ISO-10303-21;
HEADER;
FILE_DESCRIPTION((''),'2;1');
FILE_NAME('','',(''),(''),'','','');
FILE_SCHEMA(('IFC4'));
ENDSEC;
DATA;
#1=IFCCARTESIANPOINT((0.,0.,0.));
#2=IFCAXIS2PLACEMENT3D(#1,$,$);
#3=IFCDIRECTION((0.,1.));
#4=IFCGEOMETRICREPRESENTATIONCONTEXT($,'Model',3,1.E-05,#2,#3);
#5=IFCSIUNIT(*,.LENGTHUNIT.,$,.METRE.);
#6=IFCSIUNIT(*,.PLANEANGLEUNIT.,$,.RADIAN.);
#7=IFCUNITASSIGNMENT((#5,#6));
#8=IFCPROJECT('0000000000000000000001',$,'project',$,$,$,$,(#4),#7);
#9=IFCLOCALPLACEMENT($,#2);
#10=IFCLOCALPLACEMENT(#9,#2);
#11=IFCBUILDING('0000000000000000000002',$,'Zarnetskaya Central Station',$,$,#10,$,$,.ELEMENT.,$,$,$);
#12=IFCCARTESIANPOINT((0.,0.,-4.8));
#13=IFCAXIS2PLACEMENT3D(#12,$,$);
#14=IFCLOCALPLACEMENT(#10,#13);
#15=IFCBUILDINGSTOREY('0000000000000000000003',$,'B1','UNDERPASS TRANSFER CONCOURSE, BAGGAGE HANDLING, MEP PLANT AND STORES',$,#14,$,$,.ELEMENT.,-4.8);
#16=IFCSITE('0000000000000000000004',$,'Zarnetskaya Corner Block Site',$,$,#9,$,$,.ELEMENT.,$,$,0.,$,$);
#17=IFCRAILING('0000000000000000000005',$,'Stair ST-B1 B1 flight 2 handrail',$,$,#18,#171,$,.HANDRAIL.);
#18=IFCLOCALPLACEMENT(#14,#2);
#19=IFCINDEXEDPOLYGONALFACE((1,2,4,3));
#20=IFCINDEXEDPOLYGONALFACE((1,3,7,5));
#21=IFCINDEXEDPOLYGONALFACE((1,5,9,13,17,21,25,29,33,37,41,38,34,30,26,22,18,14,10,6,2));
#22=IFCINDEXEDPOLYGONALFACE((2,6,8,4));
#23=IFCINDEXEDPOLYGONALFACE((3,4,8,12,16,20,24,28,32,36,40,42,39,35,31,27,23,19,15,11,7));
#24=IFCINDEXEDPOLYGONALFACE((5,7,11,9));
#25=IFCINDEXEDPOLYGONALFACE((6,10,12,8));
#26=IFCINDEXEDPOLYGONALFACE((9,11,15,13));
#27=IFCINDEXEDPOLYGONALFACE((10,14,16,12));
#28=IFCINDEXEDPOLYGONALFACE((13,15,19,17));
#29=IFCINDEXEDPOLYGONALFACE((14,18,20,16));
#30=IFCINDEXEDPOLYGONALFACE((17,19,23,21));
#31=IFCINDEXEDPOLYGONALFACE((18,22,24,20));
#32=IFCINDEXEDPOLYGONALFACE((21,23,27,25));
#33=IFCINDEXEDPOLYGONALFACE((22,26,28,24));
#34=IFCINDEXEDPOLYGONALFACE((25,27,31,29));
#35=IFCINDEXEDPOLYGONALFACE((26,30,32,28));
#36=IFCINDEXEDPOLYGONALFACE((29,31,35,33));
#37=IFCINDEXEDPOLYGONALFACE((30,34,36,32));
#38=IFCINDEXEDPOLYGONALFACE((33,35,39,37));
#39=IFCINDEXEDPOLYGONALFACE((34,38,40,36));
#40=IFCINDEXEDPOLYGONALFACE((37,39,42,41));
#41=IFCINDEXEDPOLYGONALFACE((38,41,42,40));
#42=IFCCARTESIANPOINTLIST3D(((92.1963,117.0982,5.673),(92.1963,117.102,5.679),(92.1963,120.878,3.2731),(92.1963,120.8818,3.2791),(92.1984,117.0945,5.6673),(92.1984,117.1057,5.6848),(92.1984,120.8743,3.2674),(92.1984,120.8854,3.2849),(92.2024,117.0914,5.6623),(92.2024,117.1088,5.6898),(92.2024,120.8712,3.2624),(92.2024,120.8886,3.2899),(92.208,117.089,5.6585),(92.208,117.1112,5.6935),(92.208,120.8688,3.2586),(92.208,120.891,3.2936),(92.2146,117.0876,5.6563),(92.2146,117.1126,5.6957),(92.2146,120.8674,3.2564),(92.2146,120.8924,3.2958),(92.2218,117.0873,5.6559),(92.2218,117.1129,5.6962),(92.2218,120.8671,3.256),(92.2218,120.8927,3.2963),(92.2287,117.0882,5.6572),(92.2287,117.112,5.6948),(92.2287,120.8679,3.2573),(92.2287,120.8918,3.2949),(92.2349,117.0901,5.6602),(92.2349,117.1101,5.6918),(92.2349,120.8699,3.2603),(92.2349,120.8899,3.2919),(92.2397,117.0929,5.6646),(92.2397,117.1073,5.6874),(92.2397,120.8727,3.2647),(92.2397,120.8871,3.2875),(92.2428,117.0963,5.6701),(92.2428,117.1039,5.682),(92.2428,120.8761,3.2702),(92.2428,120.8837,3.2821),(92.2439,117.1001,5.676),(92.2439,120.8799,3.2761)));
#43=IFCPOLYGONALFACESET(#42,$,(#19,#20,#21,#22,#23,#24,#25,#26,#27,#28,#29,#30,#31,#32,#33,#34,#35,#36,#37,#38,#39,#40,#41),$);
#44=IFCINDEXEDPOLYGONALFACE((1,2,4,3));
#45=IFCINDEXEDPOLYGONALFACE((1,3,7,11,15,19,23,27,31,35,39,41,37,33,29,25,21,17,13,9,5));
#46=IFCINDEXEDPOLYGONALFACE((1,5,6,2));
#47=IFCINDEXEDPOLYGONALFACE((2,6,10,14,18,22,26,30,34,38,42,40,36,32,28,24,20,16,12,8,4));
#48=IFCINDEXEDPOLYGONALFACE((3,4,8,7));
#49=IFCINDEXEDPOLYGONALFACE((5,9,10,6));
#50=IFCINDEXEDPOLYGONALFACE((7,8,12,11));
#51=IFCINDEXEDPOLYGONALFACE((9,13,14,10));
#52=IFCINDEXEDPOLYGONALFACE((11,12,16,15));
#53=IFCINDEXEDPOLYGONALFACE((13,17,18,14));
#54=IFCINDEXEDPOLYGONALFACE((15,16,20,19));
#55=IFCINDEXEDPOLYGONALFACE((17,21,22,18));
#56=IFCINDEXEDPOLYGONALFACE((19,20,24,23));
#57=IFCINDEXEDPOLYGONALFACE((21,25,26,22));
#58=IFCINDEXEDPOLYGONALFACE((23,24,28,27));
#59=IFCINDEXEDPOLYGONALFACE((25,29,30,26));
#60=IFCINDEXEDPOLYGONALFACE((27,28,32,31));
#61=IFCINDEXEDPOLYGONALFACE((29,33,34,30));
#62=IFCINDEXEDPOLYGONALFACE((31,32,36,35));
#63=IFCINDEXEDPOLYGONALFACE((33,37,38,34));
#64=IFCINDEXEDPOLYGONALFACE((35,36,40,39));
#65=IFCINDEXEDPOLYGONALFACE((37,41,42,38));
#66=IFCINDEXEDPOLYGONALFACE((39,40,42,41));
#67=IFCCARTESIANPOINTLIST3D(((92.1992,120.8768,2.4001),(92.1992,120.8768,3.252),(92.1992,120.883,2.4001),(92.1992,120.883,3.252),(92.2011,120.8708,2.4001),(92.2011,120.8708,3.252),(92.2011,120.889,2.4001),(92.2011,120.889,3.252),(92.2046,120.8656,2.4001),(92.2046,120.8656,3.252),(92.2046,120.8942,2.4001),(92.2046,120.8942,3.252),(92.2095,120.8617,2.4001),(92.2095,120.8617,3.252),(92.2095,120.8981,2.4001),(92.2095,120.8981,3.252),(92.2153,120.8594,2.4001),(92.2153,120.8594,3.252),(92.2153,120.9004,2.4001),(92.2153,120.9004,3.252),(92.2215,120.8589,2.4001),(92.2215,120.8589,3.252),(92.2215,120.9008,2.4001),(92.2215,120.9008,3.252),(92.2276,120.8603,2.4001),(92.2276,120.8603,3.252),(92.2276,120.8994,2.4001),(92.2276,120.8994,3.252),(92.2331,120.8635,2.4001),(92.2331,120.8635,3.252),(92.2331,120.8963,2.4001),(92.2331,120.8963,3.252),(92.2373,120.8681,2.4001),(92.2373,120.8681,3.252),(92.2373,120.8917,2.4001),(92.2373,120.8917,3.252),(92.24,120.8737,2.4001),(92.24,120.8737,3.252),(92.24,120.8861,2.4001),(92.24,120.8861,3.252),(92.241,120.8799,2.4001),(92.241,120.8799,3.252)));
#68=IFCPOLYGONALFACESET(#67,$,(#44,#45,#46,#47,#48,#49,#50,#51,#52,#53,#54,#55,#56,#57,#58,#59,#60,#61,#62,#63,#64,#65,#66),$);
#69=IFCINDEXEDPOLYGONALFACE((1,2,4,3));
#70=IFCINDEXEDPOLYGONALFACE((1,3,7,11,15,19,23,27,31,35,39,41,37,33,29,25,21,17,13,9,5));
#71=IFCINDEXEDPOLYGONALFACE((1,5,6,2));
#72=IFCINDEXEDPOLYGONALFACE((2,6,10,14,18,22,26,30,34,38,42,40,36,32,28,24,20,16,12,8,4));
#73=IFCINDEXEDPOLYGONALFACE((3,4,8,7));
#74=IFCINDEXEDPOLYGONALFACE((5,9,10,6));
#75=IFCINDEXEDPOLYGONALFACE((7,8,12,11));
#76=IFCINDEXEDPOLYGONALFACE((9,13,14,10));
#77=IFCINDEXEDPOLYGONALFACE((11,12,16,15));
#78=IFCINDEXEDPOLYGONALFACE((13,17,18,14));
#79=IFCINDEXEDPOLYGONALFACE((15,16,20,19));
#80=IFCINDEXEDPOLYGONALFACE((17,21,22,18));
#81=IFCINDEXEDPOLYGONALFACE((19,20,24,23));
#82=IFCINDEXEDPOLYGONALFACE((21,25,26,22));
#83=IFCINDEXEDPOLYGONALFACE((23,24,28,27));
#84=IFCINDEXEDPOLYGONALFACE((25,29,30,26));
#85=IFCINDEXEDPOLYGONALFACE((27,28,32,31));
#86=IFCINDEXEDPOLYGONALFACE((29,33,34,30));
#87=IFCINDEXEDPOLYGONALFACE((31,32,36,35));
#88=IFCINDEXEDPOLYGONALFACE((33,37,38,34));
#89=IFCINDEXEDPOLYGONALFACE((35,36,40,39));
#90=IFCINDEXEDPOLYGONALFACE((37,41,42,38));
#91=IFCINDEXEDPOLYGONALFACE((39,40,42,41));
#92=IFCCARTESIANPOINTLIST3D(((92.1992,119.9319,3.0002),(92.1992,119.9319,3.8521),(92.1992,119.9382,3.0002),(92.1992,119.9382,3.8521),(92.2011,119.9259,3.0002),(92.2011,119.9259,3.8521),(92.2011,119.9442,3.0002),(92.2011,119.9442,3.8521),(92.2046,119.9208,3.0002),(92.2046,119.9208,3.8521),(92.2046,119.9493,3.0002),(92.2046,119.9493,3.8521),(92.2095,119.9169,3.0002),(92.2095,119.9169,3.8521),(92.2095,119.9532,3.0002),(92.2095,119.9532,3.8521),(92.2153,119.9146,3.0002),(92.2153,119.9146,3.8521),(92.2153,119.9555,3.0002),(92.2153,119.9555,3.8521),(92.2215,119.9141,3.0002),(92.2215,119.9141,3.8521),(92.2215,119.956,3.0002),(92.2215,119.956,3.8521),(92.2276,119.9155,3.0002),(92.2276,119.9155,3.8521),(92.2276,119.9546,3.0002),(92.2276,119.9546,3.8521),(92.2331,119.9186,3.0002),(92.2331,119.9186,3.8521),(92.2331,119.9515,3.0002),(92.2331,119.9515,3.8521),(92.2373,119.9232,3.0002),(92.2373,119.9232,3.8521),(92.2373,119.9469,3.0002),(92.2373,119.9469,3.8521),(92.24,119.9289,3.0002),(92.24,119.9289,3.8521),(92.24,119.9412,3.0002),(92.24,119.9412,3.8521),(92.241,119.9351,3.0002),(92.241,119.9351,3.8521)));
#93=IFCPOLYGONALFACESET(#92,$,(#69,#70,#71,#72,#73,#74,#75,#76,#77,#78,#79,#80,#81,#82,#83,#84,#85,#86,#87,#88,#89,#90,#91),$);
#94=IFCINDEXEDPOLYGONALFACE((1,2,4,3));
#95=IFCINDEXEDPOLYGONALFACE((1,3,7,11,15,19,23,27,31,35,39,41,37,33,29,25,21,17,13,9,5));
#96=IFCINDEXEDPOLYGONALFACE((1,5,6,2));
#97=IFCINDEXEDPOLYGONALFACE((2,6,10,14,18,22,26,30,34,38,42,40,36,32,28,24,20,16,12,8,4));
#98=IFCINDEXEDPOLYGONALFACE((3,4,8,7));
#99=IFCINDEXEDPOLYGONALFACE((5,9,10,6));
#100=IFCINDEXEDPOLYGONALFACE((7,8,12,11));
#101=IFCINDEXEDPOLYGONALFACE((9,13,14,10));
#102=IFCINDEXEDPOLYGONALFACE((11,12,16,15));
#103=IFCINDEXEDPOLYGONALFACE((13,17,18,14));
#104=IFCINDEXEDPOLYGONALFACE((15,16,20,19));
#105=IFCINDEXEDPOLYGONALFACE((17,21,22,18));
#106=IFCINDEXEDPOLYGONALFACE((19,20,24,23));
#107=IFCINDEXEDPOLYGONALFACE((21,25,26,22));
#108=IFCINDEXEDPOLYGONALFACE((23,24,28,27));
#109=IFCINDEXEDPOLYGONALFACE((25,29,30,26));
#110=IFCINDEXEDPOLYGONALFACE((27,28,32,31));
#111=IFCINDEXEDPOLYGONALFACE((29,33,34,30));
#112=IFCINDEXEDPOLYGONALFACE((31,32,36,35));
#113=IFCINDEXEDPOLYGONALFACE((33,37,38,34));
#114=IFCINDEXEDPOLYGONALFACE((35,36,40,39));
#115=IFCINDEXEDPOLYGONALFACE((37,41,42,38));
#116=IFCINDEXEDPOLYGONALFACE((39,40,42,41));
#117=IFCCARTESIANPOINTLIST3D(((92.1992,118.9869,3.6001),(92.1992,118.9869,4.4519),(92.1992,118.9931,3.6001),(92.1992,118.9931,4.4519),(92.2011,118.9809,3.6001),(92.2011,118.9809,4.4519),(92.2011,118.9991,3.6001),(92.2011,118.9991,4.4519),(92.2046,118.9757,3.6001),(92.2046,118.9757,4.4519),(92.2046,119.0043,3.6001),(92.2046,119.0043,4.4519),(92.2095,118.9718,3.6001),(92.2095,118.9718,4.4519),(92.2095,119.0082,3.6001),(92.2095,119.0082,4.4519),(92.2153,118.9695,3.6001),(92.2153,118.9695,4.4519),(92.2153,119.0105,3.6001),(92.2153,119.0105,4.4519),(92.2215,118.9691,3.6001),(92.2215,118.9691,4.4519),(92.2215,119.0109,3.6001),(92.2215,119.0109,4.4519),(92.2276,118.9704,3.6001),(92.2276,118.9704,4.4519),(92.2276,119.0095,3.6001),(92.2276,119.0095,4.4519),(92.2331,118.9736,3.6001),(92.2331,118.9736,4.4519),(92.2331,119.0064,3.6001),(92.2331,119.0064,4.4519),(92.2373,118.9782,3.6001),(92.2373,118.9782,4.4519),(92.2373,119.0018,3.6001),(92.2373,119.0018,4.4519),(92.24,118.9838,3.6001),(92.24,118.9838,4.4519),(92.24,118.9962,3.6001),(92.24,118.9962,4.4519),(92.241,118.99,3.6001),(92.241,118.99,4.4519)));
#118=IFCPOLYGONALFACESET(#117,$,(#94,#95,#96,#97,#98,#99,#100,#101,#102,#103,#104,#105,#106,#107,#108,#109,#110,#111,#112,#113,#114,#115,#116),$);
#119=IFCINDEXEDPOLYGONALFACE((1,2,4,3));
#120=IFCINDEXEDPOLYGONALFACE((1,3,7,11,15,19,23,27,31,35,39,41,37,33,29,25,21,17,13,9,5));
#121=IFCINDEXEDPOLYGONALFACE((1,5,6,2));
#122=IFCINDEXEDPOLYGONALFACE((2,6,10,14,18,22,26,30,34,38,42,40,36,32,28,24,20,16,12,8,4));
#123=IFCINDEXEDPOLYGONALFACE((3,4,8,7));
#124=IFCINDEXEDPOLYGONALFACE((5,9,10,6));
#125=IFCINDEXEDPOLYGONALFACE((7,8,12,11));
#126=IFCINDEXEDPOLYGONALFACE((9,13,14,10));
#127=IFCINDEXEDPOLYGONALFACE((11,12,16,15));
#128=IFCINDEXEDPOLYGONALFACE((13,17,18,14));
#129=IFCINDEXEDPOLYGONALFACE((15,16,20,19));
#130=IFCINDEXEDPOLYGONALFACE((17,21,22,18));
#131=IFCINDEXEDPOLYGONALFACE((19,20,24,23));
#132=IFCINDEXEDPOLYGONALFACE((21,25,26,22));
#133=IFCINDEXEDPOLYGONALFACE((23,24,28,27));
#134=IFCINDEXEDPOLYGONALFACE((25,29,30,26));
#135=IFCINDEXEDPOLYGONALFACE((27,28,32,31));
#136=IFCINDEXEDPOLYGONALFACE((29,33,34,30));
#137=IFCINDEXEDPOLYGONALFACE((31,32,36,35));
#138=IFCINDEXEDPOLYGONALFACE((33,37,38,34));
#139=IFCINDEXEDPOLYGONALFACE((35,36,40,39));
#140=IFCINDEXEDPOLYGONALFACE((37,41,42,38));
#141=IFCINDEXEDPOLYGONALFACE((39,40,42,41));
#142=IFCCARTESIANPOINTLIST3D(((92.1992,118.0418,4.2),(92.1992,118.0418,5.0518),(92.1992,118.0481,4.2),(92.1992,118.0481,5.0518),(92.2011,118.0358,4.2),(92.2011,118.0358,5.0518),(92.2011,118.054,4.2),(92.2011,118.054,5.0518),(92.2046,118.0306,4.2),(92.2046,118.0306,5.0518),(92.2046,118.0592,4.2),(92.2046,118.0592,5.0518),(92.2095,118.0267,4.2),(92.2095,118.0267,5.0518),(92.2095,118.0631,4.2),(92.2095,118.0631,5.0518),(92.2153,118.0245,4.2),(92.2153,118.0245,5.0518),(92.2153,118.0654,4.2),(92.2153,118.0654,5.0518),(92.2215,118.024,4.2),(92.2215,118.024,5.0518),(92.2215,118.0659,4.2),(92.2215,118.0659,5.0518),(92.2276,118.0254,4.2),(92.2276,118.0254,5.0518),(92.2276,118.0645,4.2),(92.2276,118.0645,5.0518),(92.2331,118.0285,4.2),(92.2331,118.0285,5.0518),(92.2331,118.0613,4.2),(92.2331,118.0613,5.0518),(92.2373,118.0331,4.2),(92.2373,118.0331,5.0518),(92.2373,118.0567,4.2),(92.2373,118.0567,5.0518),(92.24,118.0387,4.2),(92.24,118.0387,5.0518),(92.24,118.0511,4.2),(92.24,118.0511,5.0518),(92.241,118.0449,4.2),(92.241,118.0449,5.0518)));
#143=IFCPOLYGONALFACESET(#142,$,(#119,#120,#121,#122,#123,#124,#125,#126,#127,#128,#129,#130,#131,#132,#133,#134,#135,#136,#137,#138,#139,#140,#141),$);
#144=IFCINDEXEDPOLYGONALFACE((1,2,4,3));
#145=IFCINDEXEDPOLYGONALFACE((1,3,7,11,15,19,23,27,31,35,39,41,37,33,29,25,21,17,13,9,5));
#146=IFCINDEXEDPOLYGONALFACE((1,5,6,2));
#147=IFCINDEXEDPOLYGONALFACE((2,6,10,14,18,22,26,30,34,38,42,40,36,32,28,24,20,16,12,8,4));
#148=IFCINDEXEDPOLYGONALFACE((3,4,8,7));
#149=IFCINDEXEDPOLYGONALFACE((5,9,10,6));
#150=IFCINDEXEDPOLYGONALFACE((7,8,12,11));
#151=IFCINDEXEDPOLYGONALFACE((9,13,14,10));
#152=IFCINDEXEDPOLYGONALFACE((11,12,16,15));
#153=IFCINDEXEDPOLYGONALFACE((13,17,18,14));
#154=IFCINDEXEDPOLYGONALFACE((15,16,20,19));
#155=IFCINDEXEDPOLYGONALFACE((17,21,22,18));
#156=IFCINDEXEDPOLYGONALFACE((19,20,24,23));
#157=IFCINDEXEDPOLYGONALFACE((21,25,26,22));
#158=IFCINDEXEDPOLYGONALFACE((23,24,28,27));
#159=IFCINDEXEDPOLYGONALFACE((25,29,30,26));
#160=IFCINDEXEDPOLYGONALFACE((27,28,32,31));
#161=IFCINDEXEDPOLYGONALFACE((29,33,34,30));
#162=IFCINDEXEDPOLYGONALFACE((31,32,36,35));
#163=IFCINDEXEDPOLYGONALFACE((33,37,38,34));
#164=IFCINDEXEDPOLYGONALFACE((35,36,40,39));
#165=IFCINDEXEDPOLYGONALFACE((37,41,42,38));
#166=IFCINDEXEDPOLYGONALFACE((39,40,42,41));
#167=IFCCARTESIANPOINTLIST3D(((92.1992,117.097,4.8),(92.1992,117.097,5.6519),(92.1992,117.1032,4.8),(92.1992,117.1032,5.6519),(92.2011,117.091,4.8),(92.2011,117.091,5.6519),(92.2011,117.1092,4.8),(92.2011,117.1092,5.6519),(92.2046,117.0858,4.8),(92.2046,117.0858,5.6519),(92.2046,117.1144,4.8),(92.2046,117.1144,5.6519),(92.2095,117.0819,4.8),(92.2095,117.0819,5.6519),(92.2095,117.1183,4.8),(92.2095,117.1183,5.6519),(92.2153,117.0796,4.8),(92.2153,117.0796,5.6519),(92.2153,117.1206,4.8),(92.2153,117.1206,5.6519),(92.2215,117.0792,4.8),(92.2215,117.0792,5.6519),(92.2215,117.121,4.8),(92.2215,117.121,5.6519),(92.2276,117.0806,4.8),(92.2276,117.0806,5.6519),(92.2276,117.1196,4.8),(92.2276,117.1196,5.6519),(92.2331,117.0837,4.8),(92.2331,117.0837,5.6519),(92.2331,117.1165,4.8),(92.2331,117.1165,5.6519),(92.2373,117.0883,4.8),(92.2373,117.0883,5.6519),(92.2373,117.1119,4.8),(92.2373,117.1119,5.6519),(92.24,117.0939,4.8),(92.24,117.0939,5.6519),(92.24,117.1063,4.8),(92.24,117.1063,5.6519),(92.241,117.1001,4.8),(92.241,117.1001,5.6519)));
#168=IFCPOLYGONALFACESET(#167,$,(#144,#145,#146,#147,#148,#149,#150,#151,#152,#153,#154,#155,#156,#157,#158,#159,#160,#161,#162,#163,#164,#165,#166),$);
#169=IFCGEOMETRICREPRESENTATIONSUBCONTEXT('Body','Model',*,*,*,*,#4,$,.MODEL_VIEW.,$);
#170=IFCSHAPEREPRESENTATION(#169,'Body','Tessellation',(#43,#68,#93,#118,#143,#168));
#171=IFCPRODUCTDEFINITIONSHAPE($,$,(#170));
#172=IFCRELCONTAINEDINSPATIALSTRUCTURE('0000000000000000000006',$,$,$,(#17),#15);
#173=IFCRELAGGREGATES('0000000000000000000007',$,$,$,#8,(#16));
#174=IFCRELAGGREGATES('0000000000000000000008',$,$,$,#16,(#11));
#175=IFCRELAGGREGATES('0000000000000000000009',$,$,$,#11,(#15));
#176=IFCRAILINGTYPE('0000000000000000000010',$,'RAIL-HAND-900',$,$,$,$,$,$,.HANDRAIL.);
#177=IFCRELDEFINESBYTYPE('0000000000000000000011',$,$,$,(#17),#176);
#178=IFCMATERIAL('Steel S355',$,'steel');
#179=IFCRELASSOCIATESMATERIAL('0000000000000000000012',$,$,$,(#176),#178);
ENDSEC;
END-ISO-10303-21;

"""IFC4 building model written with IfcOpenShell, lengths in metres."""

from ifc_helpers import new_model, si_unit, direction, frame, origin, origin_2d, place, context, subcontext, project, spatial, circle, extrude, material, type_object, element, save


model = new_model("IFC4")

# Units and contexts
model_context = context("Model", 3, precision=1e-05, world=origin(), true_north=direction((0.0, 1.0)))
body_context = subcontext(model_context, "Body", "Model", "MODEL_VIEW")
ifc_project = project(units=[si_unit("LENGTHUNIT", "METRE"), si_unit("PLANEANGLEUNIT", "RADIAN")], contexts=[model_context])

# Site, building, storey
site_placement = place(None, origin())
site = spatial("IfcSite", under=ifc_project, at=site_placement, Name="Zarnetskaya Corner Block Site", CompositionType="ELEMENT", RefElevation=0.0)
building_placement = place(site_placement, origin())
building = spatial("IfcBuilding", under=site, at=building_placement, Name="Zarnetskaya Central Station", CompositionType="ELEMENT")
storey_placement = place(building_placement, frame((0.0, 0.0, -4.8)))
storey = spatial("IfcBuildingStorey", under=building, at=storey_placement, Name="B1", Description="UNDERPASS TRANSFER CONCOURSE, BAGGAGE HANDLING, MEP PLANT AND STORES", CompositionType="ELEMENT", Elevation=-4.8)

# Railing
ifc_material_1 = material(Name="Steel S355", Category="steel")
railing_type_1 = type_object("IfcRailingType", Name="RAIL-HAND-900", PredefinedType="HANDRAIL", material=ifc_material_1)
railing_1_placement = place(storey_placement, frame((92.22, 120.8799, 2.4001)))
element("IfcRailing", 1, at=railing_1_placement, inside=storey, type_object=railing_type_1, Name="Stair ST-B1 B1 flight 2 handrail", PredefinedType="HANDRAIL", context=body_context, shape_type="SweptSolid", body=[
    extrude(circle(Radius=0.0239, at=origin_2d()), frame((0.0, 0.0, 0.876), z_axis=(0.0, -0.844209, 0.536014), x_axis=(1.0, 0.0, 0.0)), (0.0, 0.0, 1.0), 4.4773),
    extrude(circle(Radius=0.021, at=origin_2d()), origin(), (0.0, 0.0, 1.0), 0.8518),
    extrude(circle(Radius=0.021, at=origin_2d()), frame((0.0, -0.9448, 0.6001)), (0.0, 0.0, 1.0), 0.8518),
    extrude(circle(Radius=0.021, at=origin_2d()), frame((0.0, -1.8899, 1.2)), (0.0, 0.0, 1.0), 0.8518),
    extrude(circle(Radius=0.021, at=origin_2d()), frame((0.0, -2.835, 1.7998)), (0.0, 0.0, 1.0), 0.8518),
    extrude(circle(Radius=0.021, at=origin_2d()), frame((0.0, -3.7798, 2.3999)), (0.0, 0.0, 1.0), 0.8518),
])

save(model, "model.ifc")
